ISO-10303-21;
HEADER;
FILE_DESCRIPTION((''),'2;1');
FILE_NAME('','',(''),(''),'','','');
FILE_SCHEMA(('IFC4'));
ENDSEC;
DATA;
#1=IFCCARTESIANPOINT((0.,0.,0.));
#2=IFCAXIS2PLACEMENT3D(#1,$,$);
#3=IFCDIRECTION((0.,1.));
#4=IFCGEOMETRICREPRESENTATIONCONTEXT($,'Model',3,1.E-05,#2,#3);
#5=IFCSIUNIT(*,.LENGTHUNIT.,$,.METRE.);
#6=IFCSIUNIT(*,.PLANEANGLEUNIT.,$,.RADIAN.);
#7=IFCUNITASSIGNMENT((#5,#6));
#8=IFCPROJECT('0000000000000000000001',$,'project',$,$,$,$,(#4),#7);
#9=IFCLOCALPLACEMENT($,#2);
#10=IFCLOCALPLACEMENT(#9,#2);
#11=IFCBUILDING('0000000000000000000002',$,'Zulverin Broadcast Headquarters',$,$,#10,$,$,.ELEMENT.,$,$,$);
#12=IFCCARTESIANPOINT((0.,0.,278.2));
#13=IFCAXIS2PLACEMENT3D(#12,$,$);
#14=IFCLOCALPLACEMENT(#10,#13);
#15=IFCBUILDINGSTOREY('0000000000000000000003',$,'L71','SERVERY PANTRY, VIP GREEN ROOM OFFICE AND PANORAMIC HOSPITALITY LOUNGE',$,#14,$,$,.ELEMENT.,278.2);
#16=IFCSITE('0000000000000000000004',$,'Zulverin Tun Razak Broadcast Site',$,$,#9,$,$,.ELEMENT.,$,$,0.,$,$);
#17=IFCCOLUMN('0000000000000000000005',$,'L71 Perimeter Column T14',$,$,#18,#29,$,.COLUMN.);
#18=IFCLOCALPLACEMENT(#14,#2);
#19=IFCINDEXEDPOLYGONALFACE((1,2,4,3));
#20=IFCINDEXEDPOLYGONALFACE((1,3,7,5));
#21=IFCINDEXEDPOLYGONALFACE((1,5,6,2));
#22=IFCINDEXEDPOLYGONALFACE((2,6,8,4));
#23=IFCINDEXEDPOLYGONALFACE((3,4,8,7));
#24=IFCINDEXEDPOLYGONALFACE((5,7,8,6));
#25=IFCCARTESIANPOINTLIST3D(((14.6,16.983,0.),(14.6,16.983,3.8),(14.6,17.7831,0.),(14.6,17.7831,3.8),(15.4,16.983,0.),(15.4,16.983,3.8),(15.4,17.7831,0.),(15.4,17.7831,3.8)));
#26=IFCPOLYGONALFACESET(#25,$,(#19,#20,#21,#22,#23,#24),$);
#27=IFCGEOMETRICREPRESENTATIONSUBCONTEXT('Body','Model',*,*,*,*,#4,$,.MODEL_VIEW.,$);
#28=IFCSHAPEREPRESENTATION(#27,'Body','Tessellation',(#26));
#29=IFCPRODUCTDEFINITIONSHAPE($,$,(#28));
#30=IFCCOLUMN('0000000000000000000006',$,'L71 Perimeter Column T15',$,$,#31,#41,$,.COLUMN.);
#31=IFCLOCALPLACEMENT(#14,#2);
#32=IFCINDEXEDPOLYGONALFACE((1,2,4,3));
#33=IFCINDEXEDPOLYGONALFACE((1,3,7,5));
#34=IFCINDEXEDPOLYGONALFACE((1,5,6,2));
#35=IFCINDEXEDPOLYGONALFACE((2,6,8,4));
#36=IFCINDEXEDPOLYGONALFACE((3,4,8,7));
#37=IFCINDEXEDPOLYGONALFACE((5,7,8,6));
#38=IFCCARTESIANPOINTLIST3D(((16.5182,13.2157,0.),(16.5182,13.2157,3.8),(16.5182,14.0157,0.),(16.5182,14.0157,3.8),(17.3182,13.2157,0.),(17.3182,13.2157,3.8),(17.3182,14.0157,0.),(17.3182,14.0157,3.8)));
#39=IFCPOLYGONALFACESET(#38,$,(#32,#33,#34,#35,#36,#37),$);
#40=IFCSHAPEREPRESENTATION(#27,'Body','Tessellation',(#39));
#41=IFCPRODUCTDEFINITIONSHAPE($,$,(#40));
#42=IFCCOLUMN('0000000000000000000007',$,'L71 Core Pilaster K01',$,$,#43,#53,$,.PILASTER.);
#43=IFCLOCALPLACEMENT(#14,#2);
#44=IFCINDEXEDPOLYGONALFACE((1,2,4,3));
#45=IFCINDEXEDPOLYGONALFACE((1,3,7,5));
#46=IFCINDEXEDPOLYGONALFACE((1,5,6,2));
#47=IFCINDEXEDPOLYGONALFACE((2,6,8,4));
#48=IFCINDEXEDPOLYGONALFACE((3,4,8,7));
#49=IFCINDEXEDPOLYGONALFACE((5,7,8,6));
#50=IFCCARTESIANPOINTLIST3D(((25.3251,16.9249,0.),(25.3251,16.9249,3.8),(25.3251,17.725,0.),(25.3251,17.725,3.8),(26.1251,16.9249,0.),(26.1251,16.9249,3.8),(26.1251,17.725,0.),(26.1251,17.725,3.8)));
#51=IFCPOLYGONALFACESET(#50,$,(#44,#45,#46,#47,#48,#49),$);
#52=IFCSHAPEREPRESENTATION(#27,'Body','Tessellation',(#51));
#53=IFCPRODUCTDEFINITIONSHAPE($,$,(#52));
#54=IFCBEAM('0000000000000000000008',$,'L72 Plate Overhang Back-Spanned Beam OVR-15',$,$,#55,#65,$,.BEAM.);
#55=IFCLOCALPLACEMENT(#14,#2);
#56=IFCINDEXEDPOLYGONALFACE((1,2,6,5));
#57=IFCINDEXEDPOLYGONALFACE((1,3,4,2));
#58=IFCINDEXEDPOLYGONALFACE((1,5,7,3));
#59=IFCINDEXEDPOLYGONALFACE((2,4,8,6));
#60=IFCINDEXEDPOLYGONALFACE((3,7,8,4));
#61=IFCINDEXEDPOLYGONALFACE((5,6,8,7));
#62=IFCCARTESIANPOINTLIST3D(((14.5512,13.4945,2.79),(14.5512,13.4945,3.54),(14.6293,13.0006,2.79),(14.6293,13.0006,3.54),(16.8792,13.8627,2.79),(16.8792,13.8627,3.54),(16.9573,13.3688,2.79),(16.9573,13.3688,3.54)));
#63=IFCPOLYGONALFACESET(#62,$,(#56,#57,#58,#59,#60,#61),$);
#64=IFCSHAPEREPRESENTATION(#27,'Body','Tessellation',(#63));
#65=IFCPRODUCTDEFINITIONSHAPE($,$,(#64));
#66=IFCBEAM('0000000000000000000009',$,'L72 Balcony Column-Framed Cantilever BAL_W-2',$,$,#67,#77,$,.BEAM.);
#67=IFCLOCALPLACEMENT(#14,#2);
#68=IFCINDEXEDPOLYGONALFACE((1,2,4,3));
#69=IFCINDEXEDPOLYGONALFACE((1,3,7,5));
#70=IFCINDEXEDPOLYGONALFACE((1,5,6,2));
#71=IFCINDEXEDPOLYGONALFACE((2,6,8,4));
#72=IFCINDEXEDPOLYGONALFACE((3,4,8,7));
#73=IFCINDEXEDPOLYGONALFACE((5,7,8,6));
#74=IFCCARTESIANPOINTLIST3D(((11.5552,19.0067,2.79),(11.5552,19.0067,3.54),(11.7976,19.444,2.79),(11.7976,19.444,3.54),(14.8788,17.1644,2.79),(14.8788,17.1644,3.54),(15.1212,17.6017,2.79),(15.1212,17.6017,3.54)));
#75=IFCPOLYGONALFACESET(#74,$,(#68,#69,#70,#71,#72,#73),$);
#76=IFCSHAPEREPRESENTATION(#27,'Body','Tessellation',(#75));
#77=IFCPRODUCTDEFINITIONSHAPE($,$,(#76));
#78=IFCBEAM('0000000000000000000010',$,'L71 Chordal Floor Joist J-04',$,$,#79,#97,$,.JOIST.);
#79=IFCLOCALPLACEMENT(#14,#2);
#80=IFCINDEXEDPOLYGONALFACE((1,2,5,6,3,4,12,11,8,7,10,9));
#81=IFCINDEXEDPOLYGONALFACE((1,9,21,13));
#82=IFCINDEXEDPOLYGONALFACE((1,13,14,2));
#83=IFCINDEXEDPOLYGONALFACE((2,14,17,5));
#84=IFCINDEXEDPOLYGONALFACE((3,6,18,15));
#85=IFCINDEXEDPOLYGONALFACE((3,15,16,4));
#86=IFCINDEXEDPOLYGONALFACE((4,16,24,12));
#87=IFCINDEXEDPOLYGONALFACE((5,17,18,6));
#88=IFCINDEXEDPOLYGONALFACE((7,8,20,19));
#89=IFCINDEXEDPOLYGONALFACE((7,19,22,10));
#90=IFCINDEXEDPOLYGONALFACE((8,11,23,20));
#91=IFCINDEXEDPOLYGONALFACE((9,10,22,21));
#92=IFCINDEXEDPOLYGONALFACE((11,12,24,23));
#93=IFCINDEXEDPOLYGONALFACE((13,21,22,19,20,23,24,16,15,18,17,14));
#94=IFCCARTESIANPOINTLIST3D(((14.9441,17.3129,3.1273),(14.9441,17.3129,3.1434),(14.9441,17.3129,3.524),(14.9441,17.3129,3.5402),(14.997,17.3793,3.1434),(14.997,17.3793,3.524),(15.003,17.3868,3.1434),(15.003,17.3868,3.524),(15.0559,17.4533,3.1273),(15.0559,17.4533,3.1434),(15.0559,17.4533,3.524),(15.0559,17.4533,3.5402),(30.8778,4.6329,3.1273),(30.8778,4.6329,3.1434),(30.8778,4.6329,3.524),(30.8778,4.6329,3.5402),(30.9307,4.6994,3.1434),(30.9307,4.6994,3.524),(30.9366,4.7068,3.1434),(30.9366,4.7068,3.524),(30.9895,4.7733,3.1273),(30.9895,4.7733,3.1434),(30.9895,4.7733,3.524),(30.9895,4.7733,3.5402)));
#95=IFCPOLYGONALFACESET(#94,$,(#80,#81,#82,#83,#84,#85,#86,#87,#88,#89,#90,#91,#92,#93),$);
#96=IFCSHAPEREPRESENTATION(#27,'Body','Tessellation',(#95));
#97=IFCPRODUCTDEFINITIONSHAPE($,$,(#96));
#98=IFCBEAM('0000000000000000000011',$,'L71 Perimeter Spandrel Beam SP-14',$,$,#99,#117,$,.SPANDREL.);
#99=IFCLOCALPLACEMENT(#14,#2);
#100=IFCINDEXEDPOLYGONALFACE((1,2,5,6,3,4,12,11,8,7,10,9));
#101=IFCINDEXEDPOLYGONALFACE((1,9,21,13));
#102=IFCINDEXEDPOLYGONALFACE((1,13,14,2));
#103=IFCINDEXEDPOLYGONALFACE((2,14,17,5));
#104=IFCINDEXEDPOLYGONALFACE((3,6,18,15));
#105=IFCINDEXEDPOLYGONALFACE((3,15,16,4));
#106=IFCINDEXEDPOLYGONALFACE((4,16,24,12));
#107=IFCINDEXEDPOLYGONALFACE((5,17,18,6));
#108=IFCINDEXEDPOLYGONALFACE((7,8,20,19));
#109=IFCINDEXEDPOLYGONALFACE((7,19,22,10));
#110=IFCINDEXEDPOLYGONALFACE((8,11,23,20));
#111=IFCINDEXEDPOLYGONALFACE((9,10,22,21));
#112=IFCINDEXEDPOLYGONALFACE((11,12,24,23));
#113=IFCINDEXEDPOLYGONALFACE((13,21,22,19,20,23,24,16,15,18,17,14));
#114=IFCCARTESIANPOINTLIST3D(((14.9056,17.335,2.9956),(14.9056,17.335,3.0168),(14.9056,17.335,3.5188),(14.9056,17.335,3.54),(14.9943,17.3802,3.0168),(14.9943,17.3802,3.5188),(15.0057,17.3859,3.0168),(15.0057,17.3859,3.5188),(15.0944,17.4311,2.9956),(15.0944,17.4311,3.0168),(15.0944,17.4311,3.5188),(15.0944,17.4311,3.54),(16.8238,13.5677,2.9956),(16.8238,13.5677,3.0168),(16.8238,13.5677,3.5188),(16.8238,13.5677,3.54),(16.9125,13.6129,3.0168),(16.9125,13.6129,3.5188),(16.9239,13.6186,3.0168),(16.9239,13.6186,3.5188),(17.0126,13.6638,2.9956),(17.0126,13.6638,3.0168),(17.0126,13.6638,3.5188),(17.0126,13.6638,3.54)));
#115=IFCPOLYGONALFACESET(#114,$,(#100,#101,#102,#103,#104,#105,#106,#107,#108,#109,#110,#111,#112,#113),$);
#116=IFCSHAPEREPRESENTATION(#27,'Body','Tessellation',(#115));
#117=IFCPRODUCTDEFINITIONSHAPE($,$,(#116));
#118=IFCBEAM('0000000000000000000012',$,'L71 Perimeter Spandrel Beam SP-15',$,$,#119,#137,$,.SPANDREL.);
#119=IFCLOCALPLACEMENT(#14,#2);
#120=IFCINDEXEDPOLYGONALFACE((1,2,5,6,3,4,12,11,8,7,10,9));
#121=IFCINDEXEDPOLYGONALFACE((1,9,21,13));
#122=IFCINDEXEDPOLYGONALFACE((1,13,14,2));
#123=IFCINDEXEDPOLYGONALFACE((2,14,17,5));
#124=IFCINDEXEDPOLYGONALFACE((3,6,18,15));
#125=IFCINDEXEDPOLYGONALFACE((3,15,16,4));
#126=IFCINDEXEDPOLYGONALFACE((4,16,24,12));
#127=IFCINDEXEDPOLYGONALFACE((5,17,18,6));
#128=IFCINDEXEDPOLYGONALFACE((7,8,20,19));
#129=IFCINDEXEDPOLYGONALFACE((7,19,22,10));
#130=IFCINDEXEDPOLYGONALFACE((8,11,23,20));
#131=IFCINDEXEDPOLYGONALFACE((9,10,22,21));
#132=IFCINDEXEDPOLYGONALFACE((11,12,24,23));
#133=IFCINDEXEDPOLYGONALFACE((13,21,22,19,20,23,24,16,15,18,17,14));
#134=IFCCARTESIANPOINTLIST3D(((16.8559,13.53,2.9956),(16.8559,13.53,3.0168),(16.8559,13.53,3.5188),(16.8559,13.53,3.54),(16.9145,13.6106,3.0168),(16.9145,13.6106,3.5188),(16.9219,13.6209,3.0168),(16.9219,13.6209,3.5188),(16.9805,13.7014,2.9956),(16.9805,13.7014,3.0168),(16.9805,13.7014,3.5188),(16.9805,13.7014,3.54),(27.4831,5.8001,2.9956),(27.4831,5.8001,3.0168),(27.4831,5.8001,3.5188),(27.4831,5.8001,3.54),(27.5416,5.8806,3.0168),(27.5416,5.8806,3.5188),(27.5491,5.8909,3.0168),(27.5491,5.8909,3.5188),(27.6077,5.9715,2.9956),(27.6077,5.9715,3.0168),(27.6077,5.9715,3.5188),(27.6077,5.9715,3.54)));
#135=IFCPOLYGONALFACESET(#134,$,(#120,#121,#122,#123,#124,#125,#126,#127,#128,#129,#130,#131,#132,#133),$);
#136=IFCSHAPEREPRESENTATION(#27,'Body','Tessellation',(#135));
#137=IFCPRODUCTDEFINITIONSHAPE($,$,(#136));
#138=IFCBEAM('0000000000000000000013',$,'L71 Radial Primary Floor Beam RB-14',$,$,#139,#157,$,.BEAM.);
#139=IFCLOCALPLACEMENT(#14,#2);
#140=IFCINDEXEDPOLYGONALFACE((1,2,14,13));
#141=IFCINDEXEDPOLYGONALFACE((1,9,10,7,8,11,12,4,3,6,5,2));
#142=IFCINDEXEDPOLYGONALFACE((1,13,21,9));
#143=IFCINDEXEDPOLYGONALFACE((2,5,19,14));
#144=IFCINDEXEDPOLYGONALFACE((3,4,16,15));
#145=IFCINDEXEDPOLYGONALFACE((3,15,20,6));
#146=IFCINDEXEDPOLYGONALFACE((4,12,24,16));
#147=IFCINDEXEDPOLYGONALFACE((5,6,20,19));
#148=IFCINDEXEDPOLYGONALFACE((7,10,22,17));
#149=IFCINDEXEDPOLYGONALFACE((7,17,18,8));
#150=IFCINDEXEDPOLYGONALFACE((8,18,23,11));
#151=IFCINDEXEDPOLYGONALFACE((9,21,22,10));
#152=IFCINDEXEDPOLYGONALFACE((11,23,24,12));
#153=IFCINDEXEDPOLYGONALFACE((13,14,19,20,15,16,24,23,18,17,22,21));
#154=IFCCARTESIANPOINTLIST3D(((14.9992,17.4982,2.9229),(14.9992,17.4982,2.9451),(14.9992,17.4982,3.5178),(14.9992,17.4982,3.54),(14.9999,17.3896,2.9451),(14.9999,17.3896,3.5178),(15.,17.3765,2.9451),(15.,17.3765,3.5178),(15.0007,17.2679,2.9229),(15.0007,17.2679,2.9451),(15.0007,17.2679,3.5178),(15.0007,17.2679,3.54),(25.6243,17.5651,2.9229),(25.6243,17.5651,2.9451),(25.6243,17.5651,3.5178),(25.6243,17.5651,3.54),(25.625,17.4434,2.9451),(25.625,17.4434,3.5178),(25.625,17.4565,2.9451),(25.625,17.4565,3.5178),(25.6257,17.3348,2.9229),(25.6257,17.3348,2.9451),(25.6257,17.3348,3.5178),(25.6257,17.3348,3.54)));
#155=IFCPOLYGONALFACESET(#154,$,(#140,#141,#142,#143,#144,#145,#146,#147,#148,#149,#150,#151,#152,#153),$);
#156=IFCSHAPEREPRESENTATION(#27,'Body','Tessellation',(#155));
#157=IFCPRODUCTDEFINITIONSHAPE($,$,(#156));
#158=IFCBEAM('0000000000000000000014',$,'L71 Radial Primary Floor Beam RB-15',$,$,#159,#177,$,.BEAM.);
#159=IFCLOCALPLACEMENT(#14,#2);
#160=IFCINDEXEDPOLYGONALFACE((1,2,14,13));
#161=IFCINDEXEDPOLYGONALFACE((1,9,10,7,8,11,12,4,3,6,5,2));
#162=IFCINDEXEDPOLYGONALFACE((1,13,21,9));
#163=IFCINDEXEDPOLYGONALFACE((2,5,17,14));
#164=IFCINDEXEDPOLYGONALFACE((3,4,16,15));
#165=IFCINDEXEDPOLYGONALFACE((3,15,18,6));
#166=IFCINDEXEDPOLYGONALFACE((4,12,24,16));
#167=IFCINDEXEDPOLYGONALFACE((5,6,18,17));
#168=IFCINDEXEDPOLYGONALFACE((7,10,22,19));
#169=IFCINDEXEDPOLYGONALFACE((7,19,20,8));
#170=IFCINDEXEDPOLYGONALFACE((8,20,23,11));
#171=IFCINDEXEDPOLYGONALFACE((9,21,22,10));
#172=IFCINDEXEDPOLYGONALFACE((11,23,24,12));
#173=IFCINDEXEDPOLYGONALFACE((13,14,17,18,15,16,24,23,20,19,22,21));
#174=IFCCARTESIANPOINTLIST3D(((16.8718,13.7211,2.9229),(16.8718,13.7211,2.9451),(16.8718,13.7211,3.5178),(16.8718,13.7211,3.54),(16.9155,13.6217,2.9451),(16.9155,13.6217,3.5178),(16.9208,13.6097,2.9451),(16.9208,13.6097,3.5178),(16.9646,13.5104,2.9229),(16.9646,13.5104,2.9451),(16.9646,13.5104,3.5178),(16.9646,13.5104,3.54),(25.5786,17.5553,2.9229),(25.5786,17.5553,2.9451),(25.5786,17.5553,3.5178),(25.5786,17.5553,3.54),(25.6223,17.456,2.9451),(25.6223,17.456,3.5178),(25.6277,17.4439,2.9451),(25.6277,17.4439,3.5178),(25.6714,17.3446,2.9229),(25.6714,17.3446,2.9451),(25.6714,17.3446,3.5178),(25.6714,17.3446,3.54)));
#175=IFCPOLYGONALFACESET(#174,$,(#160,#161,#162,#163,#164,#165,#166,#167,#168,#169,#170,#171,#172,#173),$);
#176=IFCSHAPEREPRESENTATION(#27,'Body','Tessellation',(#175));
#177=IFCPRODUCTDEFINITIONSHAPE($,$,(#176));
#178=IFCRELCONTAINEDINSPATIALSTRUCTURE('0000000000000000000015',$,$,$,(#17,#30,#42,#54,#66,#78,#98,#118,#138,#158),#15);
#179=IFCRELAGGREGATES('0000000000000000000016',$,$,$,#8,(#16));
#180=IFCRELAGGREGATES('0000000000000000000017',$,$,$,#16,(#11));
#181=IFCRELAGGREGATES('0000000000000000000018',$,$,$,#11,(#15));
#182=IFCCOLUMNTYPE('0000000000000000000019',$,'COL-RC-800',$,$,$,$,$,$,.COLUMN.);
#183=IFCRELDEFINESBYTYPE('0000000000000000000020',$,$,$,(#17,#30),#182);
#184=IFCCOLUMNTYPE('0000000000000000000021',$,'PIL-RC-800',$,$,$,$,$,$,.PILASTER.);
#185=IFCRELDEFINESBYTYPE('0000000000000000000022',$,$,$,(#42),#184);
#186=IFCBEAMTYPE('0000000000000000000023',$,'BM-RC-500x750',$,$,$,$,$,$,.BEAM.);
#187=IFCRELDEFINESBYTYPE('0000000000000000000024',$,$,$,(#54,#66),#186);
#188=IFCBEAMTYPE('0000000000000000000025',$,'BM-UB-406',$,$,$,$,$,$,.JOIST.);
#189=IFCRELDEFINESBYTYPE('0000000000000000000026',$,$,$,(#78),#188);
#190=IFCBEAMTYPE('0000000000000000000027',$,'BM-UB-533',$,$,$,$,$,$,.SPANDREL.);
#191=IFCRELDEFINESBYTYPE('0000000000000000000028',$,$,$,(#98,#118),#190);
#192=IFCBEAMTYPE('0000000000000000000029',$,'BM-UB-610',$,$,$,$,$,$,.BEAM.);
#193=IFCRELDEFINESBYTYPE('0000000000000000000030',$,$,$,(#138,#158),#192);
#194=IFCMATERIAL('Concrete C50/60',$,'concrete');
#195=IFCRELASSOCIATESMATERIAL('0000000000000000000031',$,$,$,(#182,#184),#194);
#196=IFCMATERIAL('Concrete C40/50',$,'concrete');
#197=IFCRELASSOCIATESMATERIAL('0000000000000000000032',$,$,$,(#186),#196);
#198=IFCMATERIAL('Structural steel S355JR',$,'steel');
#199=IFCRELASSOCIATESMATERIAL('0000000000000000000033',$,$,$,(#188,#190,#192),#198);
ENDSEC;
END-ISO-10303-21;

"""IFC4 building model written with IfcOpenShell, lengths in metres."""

from ifc_helpers import new_model, si_unit, direction, frame, origin, origin_2d, place, context, subcontext, project, spatial, rectangle, i_section, extrude, material, material_profile, profile_set, type_object, element, save


model = new_model("IFC4")

# Units and contexts
model_context = context("Model", 3, precision=1e-05, world=origin(), true_north=direction((0.0, 1.0)))
body_context = subcontext(model_context, "Body", "Model", "MODEL_VIEW")
ifc_project = project(units=[si_unit("LENGTHUNIT", "METRE"), si_unit("PLANEANGLEUNIT", "RADIAN")], contexts=[model_context])

# Site, building, storey
site_placement = place(None, origin())
site = spatial("IfcSite", under=ifc_project, at=site_placement, Name="Zulverin Tun Razak Broadcast Site", CompositionType="ELEMENT", RefElevation=0.0)
building_placement = place(site_placement, origin())
building = spatial("IfcBuilding", under=site, at=building_placement, Name="Zulverin Broadcast Headquarters", CompositionType="ELEMENT")
storey_placement = place(building_placement, frame((0.0, 0.0, 278.2)))
storey = spatial("IfcBuildingStorey", under=building, at=storey_placement, Name="L71", Description="SERVERY PANTRY, VIP GREEN ROOM OFFICE AND PANORAMIC HOSPITALITY LOUNGE", CompositionType="ELEMENT", Elevation=278.2)

# Columns
ifc_material_1 = material(Name="Concrete C50/60", Category="concrete")
ifc_material_profile_1 = material_profile(ifc_material_1, rectangle(XDim=0.8, YDim=0.8, at=origin_2d()), Name="Concrete C50/60", Category="concrete")
ifc_profile_set_1 = profile_set([ifc_material_profile_1], Name="Concrete C50/60")
column_type_1 = type_object("IfcColumnType", Name="COL-RC-800", PredefinedType="COLUMN", material=ifc_profile_set_1)
for number, where, z_axis, x_axis, name in (
    (1, (15.0, 17.3831, 0.0), (0.0, 0.0, 1.0), (1.0, 0.0, 0.0), "L71 Perimeter Column T14"),
    (2, (16.9182, 13.6157, 0.0), (0.0, 0.0, 1.0), (1.0, 0.0, 0.0), "L71 Perimeter Column T15"),
):
    element("IfcColumn", number, at=place(storey_placement, frame(where, z_axis=z_axis, x_axis=x_axis)), inside=storey, type_object=column_type_1, Name=name, PredefinedType="COLUMN", context=body_context, shape_type="SweptSolid", body=[
        extrude(rectangle(XDim=0.8, YDim=0.8, at=origin_2d()), origin(), (0.0, 0.0, 1.0), 3.8),
    ])
ifc_material_profile_2 = material_profile(ifc_material_1, rectangle(XDim=0.8, YDim=0.8, at=origin_2d()), Name="Concrete C50/60", Category="concrete")
ifc_profile_set_2 = profile_set([ifc_material_profile_2], Name="Concrete C50/60")
column_type_2 = type_object("IfcColumnType", Name="PIL-RC-800", PredefinedType="PILASTER", material=ifc_profile_set_2)
column_placement = place(storey_placement, frame((25.7251, 17.325, 0.0), z_axis=(0.0, 0.0, 1.0), x_axis=(1.0, 0.0, 0.0)))
element("IfcColumn", 3, at=column_placement, inside=storey, type_object=column_type_2, Name="L71 Core Pilaster K01", PredefinedType="PILASTER", context=body_context, shape_type="SweptSolid", body=[
    extrude(rectangle(XDim=0.8, YDim=0.8, at=origin_2d()), origin(), (0.0, 0.0, 1.0), 3.8),
])

# Beams
ifc_material_2 = material(Name="Concrete C40/50", Category="concrete")
ifc_material_profile_3 = material_profile(ifc_material_2, rectangle(XDim=0.5, YDim=0.75, at=origin_2d()), Name="Concrete C40/50", Category="concrete")
ifc_profile_set_3 = profile_set([ifc_material_profile_3], Name="Concrete C40/50")
beam_type_1 = type_object("IfcBeamType", Name="BM-RC-500x750", PredefinedType="BEAM", material=ifc_profile_set_3)
beam_1_placement = place(storey_placement, frame((16.9182, 13.6157, 3.165), z_axis=(-0.987723, -0.156213, 0.0), x_axis=(0.156213, -0.987723, 0.0)))
element("IfcBeam", 4, at=beam_1_placement, inside=storey, type_object=beam_type_1, Name="L72 Plate Overhang Back-Spanned Beam OVR-15", PredefinedType="BEAM", context=body_context, shape_type="SweptSolid", body=[
    extrude(rectangle(XDim=0.5, YDim=0.75, at=origin_2d()), origin(), (0.0, 0.0, 1.0), 2.3569),
])
beam_2_placement = place(storey_placement, frame((15.0, 17.3831, 3.165), z_axis=(-0.874615, 0.484819, 0.0), x_axis=(-0.484819, -0.874615, 0.0)))
element("IfcBeam", 5, at=beam_2_placement, inside=storey, type_object=beam_type_1, Name="L72 Balcony Column-Framed Cantilever BAL_W-2", PredefinedType="BEAM", context=body_context, shape_type="SweptSolid", body=[
    extrude(rectangle(XDim=0.5, YDim=0.75, at=origin_2d()), origin(), (0.0, 0.0, 1.0), 3.8),
])
ifc_material_3 = material(Name="Structural steel S355JR", Category="steel")
ifc_material_profile_4 = material_profile(ifc_material_3, i_section(OverallWidth=0.1794, OverallDepth=0.4128, WebThickness=0.0095, FlangeThickness=0.0161, at=origin_2d()), Name="Structural steel S355JR", Category="steel")
ifc_profile_set_4 = profile_set([ifc_material_profile_4], Name="Structural steel S355JR")
beam_type_2 = type_object("IfcBeamType", Name="BM-UB-406", PredefinedType="JOIST", material=ifc_profile_set_4)
beam_3_placement = place(storey_placement, frame((15.0, 17.3831, 3.3337), z_axis=(0.78247, -0.622688, 0.0), x_axis=(0.622688, 0.78247, 0.0)))
element("IfcBeam", 6, at=beam_3_placement, inside=storey, type_object=beam_type_2, Name="L71 Chordal Floor Joist J-04", PredefinedType="JOIST", context=body_context, shape_type="SweptSolid", body=[
    extrude(i_section(OverallWidth=0.1794, OverallDepth=0.4128, WebThickness=0.0095, FlangeThickness=0.0161, at=origin_2d()), origin(), (0.0, 0.0, 1.0), 20.3633),
])
ifc_material_profile_5 = material_profile(ifc_material_3, i_section(OverallWidth=0.2119, OverallDepth=0.5444, WebThickness=0.0127, FlangeThickness=0.0212, at=origin_2d()), Name="Structural steel S355JR", Category="steel")
ifc_profile_set_5 = profile_set([ifc_material_profile_5], Name="Structural steel S355JR")
beam_type_3 = type_object("IfcBeamType", Name="BM-UB-533", PredefinedType="SPANDREL", material=ifc_profile_set_5)
beam_4_placement = place(storey_placement, frame((15.0, 17.3831, 3.2678), z_axis=(0.453739, -0.891135, 0.0), x_axis=(0.891135, 0.453739, 0.0)))
element("IfcBeam", 7, at=beam_4_placement, inside=storey, type_object=beam_type_3, Name="L71 Perimeter Spandrel Beam SP-14", PredefinedType="SPANDREL", context=body_context, shape_type="SweptSolid", body=[
    extrude(i_section(OverallWidth=0.2119, OverallDepth=0.5444, WebThickness=0.0127, FlangeThickness=0.0212, at=origin_2d()), origin(), (0.0, 0.0, 1.0), 4.2275),
])
beam_5_placement = place(storey_placement, frame((16.9182, 13.6157, 3.2678), z_axis=(0.808696, -0.588227, 0.0), x_axis=(0.588227, 0.808696, 0.0)))
element("IfcBeam", 8, at=beam_5_placement, inside=storey, type_object=beam_type_3, Name="L71 Perimeter Spandrel Beam SP-15", PredefinedType="SPANDREL", context=body_context, shape_type="SweptSolid", body=[
    extrude(i_section(OverallWidth=0.2119, OverallDepth=0.5444, WebThickness=0.0127, FlangeThickness=0.0212, at=origin_2d()), origin(), (0.0, 0.0, 1.0), 13.1411),
])
ifc_material_profile_6 = material_profile(ifc_material_3, i_section(OverallWidth=0.2302, OverallDepth=0.6172, WebThickness=0.0132, FlangeThickness=0.0222, at=origin_2d()), Name="Structural steel S355JR", Category="steel")
ifc_profile_set_6 = profile_set([ifc_material_profile_6], Name="Structural steel S355JR")
beam_type_4 = type_object("IfcBeamType", Name="BM-UB-610", PredefinedType="BEAM", material=ifc_profile_set_6)
beam_6_placement = place(storey_placement, frame((25.625, 17.45, 3.2314), z_axis=(-0.99998, -0.006296, 0.0), x_axis=(0.006296, -0.99998, 0.0)))
element("IfcBeam", 9, at=beam_6_placement, inside=storey, type_object=beam_type_4, Name="L71 Radial Primary Floor Beam RB-14", PredefinedType="BEAM", context=body_context, shape_type="SweptSolid", body=[
    extrude(i_section(OverallWidth=0.2302, OverallDepth=0.6172, WebThickness=0.0132, FlangeThickness=0.0222, at=origin_2d()), origin(), (0.0, 0.0, 1.0), 10.6252),
])
beam_7_placement = place(storey_placement, frame((25.625, 17.45, 3.2314), z_axis=(-0.915189, -0.403024, 0.0), x_axis=(0.403024, -0.915189, 0.0)))
element("IfcBeam", 10, at=beam_7_placement, inside=storey, type_object=beam_type_4, Name="L71 Radial Primary Floor Beam RB-15", PredefinedType="BEAM", context=body_context, shape_type="SweptSolid", body=[
    extrude(i_section(OverallWidth=0.2302, OverallDepth=0.6172, WebThickness=0.0132, FlangeThickness=0.0222, at=origin_2d()), origin(), (0.0, 0.0, 1.0), 9.5137),
])

save(model, "model.ifc")
